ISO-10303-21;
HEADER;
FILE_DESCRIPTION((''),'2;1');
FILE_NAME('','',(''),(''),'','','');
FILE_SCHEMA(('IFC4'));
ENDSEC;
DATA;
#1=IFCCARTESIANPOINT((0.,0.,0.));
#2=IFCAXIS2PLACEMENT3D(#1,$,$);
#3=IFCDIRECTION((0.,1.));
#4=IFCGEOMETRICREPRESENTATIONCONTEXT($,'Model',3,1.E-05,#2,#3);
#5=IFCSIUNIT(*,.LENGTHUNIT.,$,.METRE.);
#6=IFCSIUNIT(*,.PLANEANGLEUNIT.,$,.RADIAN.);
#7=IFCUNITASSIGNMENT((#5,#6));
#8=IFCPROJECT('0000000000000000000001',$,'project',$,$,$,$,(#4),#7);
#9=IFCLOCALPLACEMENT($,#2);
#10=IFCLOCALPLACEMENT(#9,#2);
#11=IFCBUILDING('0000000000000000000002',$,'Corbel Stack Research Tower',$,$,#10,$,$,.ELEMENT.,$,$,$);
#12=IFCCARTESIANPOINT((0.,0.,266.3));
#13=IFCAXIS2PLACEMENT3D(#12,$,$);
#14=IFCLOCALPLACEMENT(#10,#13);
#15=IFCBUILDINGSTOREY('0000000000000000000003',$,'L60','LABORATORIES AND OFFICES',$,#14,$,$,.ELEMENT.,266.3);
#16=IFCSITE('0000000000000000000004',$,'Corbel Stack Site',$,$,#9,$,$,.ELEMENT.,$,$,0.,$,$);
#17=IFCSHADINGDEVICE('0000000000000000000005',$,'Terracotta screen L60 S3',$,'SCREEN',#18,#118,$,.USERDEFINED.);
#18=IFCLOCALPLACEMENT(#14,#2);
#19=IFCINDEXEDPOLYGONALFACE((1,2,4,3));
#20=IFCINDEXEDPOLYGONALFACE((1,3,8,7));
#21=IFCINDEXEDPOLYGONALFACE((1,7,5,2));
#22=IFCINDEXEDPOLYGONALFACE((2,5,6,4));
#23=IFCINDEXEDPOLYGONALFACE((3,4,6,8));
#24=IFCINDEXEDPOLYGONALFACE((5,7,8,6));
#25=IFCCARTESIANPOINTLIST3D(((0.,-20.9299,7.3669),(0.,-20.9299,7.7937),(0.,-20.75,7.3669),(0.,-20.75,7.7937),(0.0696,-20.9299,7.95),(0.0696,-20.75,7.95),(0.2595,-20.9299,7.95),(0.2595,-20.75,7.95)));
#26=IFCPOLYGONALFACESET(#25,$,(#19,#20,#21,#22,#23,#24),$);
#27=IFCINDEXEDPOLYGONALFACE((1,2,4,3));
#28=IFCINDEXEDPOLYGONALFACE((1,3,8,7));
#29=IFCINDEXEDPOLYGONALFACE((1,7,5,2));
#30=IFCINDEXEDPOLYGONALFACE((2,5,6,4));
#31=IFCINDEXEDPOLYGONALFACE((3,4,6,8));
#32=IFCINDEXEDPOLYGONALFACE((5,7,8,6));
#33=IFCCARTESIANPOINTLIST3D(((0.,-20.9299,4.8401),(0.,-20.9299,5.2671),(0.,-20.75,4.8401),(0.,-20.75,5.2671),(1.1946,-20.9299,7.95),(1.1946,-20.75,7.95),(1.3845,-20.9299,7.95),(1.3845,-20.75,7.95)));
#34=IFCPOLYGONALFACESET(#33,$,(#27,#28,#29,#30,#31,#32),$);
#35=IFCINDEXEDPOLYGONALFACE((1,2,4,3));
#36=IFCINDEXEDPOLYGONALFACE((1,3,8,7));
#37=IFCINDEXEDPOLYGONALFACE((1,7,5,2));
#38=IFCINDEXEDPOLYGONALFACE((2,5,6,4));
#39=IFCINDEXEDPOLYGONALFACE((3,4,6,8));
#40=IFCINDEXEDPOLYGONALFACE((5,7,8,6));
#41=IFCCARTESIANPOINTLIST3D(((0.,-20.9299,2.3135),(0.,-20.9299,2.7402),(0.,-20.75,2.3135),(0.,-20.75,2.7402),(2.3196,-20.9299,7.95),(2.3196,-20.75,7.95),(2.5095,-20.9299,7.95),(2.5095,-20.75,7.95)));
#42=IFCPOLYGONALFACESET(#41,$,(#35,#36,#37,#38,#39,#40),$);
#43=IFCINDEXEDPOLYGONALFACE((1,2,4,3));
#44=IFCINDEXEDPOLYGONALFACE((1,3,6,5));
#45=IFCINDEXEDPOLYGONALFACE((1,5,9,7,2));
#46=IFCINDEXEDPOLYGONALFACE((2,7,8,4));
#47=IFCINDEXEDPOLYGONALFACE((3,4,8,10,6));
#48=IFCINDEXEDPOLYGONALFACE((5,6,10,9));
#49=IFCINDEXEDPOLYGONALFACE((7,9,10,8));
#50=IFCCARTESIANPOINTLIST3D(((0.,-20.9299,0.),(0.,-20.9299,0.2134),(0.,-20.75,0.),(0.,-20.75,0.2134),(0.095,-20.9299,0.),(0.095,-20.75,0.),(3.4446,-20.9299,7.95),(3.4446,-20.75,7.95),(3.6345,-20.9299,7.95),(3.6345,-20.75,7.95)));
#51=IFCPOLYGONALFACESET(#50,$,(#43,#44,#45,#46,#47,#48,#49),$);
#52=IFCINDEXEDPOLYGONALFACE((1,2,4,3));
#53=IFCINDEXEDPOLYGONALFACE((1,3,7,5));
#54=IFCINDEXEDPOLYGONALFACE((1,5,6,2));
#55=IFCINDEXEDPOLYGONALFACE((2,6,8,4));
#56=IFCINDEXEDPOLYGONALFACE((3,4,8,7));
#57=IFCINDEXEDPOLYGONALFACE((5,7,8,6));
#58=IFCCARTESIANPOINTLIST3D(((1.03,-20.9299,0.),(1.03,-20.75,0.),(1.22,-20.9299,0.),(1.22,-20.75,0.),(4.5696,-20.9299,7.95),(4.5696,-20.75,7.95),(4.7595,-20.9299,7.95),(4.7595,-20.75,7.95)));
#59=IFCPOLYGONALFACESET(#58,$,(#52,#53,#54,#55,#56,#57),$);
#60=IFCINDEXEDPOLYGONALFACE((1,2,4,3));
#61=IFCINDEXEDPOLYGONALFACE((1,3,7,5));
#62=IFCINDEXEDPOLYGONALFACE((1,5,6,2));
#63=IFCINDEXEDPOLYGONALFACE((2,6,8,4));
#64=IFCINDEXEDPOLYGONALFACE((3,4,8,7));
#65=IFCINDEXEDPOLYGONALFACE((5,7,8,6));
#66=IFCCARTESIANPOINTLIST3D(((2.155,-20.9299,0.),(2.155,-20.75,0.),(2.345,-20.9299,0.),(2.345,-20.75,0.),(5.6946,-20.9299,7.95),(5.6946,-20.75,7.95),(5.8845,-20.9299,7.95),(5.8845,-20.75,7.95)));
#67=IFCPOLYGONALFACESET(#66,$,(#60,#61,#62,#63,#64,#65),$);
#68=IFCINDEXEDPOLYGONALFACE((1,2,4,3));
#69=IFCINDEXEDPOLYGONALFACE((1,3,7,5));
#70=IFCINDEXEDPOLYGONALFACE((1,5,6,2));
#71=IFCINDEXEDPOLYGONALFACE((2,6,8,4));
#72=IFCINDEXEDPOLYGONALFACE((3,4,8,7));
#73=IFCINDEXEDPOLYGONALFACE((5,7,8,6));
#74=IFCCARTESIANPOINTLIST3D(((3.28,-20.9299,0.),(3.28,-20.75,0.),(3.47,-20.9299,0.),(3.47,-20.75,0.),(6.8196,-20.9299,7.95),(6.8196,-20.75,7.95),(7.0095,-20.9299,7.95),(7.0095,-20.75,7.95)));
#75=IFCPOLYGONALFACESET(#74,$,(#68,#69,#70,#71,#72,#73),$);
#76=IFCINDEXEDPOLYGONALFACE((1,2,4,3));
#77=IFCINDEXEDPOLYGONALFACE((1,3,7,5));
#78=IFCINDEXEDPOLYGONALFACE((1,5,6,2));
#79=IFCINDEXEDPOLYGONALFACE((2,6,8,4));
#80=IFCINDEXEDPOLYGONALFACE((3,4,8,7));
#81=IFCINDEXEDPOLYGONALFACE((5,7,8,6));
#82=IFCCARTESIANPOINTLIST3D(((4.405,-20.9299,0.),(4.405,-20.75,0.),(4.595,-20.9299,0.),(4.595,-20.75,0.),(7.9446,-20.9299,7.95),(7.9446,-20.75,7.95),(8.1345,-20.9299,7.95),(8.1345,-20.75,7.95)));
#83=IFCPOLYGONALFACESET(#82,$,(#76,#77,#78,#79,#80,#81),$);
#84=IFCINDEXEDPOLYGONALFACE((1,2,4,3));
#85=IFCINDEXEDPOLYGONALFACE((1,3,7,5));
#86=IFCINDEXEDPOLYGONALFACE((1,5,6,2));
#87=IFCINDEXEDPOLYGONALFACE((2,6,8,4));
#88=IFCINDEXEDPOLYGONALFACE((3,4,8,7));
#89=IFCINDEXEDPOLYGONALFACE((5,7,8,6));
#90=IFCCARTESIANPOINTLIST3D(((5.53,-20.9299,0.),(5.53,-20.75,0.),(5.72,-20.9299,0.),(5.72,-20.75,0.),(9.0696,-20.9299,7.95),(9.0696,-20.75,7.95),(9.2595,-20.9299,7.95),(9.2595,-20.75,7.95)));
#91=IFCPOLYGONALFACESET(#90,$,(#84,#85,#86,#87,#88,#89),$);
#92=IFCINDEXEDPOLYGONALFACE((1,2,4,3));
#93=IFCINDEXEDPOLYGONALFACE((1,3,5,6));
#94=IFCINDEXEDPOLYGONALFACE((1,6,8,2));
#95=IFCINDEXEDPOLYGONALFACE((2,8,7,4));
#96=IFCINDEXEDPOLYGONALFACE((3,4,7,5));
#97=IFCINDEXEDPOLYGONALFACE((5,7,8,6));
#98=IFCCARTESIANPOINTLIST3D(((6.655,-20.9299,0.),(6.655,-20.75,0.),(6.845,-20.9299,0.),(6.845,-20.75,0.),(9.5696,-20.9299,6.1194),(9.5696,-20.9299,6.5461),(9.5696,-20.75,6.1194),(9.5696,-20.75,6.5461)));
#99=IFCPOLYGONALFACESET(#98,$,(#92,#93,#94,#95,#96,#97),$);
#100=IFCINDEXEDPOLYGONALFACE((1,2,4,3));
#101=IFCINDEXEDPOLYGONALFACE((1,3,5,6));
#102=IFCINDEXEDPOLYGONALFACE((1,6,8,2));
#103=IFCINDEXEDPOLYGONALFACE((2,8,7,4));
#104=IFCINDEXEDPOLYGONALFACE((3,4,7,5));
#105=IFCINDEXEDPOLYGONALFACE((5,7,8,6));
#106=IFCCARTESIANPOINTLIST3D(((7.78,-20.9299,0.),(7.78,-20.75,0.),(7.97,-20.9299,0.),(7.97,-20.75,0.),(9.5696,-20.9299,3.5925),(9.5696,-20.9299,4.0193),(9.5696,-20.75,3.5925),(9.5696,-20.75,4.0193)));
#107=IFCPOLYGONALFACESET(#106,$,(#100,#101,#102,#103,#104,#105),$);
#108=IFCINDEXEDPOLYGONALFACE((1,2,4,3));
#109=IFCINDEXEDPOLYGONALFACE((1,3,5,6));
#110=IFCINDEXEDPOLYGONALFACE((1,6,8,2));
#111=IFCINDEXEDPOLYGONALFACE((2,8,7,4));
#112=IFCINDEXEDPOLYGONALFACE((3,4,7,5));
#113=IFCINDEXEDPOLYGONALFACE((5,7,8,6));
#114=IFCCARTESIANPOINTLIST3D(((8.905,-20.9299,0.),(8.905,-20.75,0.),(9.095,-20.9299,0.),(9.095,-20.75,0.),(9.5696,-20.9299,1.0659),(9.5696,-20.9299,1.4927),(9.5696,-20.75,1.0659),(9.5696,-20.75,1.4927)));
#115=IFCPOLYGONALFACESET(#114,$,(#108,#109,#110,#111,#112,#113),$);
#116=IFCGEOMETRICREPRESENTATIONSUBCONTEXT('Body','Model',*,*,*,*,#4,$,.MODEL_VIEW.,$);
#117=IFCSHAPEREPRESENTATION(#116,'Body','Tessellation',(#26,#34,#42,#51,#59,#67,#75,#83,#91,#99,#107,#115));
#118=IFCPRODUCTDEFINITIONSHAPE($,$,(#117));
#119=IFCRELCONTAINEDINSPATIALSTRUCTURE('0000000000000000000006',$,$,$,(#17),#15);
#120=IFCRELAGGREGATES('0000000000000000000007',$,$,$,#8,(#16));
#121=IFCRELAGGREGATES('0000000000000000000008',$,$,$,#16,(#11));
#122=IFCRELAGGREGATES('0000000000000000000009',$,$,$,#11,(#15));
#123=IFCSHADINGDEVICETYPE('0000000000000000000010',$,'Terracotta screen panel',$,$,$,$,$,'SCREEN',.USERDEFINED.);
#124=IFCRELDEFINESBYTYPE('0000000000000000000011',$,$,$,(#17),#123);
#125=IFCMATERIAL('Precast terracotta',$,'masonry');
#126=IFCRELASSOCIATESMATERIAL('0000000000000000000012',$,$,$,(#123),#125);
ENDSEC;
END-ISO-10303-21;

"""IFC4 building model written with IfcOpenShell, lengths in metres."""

from ifc_helpers import new_model, si_unit, direction, frame, origin, place, context, subcontext, project, spatial, polyline, outline, extrude, source, transform, mapped, material, type_object, element, save


model = new_model("IFC4")

# Units and contexts
model_context = context("Model", 3, precision=1e-05, world=origin(), true_north=direction((0.0, 1.0)))
body_context = subcontext(model_context, "Body", "Model", "MODEL_VIEW")
ifc_project = project(units=[si_unit("LENGTHUNIT", "METRE"), si_unit("PLANEANGLEUNIT", "RADIAN")], contexts=[model_context])

# Site, building, storey
site_placement = place(None, origin())
site = spatial("IfcSite", under=ifc_project, at=site_placement, Name="Corbel Stack Site", CompositionType="ELEMENT", RefElevation=0.0)
building_placement = place(site_placement, origin())
building = spatial("IfcBuilding", under=site, at=building_placement, Name="Corbel Stack Research Tower", CompositionType="ELEMENT")
storey_placement = place(building_placement, frame((0.0, 0.0, 266.3)))
storey = spatial("IfcBuildingStorey", under=building, at=storey_placement, Name="L60", Description="LABORATORIES AND OFFICES", CompositionType="ELEMENT", Elevation=266.3)

# Shading device
ifc_material_1 = material(Name="Precast terracotta", Category="masonry")
shading_device_type = type_object("IfcShadingDeviceType", Name="Terracotta screen panel", ElementType="SCREEN", PredefinedType="USERDEFINED", material=ifc_material_1)
shared_shape = source(origin(), body_context, "Body", "SweptSolid", [
    extrude(outline(polyline([(0.2595, 7.95), (0.0696, 7.95), (0.0, 7.7937), (0.0, 7.3669), (0.2595, 7.95)])), frame((0.0, 0.0, 0.0), z_axis=(0.0, -1.0, 0.0), x_axis=(1.0, 0.0, 0.0)), (0.0, 0.0, 1.0), 0.1799),
    extrude(outline(polyline([(1.3845, 7.95), (1.1946, 7.95), (0.0, 5.2671), (0.0, 4.8401), (1.3845, 7.95)])), frame((0.0, 0.0, 0.0), z_axis=(0.0, -1.0, 0.0), x_axis=(1.0, 0.0, 0.0)), (0.0, 0.0, 1.0), 0.1799),
    extrude(outline(polyline([(2.5095, 7.95), (2.3196, 7.95), (0.0, 2.7402), (0.0, 2.3135), (2.5095, 7.95)])), frame((0.0, 0.0, 0.0), z_axis=(0.0, -1.0, 0.0), x_axis=(1.0, 0.0, 0.0)), (0.0, 0.0, 1.0), 0.1799),
    extrude(outline(polyline([(0.095, 0.0), (3.6345, 7.95), (3.4446, 7.95), (0.0, 0.2134), (0.0, 0.0), (0.095, 0.0)])), frame((0.0, 0.0, 0.0), z_axis=(0.0, -1.0, 0.0), x_axis=(1.0, 0.0, 0.0)), (0.0, 0.0, 1.0), 0.1799),
    extrude(outline(polyline([(1.22, 0.0), (4.7595, 7.95), (4.5696, 7.95), (1.03, 0.0), (1.22, 0.0)])), frame((0.0, 0.0, 0.0), z_axis=(0.0, -1.0, 0.0), x_axis=(1.0, 0.0, 0.0)), (0.0, 0.0, 1.0), 0.1799),
    extrude(outline(polyline([(2.345, 0.0), (5.8845, 7.95), (5.6946, 7.95), (2.155, 0.0), (2.345, 0.0)])), frame((0.0, 0.0, 0.0), z_axis=(0.0, -1.0, 0.0), x_axis=(1.0, 0.0, 0.0)), (0.0, 0.0, 1.0), 0.1799),
    extrude(outline(polyline([(3.47, 0.0), (7.0095, 7.95), (6.8196, 7.95), (3.28, 0.0), (3.47, 0.0)])), frame((0.0, 0.0, 0.0), z_axis=(0.0, -1.0, 0.0), x_axis=(1.0, 0.0, 0.0)), (0.0, 0.0, 1.0), 0.1799),
    extrude(outline(polyline([(4.595, 0.0), (8.1345, 7.95), (7.9446, 7.95), (4.405, 0.0), (4.595, 0.0)])), frame((0.0, 0.0, 0.0), z_axis=(0.0, -1.0, 0.0), x_axis=(1.0, 0.0, 0.0)), (0.0, 0.0, 1.0), 0.1799),
    extrude(outline(polyline([(5.72, 0.0), (9.2595, 7.95), (9.0696, 7.95), (5.53, 0.0), (5.72, 0.0)])), frame((0.0, 0.0, 0.0), z_axis=(0.0, -1.0, 0.0), x_axis=(1.0, 0.0, 0.0)), (0.0, 0.0, 1.0), 0.1799),
    extrude(outline(polyline([(6.845, 0.0), (9.5696, 6.1194), (9.5696, 6.5461), (6.655, 0.0), (6.845, 0.0)])), frame((0.0, 0.0, 0.0), z_axis=(0.0, -1.0, 0.0), x_axis=(1.0, 0.0, 0.0)), (0.0, 0.0, 1.0), 0.1799),
    extrude(outline(polyline([(7.97, 0.0), (9.5696, 3.5925), (9.5696, 4.0193), (7.78, 0.0), (7.97, 0.0)])), frame((0.0, 0.0, 0.0), z_axis=(0.0, -1.0, 0.0), x_axis=(1.0, 0.0, 0.0)), (0.0, 0.0, 1.0), 0.1799),
    extrude(outline(polyline([(9.095, 0.0), (9.5696, 1.0659), (9.5696, 1.4927), (8.905, 0.0), (9.095, 0.0)])), frame((0.0, 0.0, 0.0), z_axis=(0.0, -1.0, 0.0), x_axis=(1.0, 0.0, 0.0)), (0.0, 0.0, 1.0), 0.1799),
])
shading_device_placement = place(storey_placement, frame((0.0, -20.75, 0.0), z_axis=(0.0, 0.0, 1.0), x_axis=(1.0, 0.0, 0.0)))
element("IfcShadingDevice", 1, at=shading_device_placement, inside=storey, type_object=shading_device_type, Name="Terracotta screen L60 S3", ObjectType="SCREEN", PredefinedType="USERDEFINED", context=body_context, shape_type="MappedRepresentation", body=[
    mapped(shared_shape, transform((0.0, 0.0, 0.0))),
])

save(model, "model.ifc")
